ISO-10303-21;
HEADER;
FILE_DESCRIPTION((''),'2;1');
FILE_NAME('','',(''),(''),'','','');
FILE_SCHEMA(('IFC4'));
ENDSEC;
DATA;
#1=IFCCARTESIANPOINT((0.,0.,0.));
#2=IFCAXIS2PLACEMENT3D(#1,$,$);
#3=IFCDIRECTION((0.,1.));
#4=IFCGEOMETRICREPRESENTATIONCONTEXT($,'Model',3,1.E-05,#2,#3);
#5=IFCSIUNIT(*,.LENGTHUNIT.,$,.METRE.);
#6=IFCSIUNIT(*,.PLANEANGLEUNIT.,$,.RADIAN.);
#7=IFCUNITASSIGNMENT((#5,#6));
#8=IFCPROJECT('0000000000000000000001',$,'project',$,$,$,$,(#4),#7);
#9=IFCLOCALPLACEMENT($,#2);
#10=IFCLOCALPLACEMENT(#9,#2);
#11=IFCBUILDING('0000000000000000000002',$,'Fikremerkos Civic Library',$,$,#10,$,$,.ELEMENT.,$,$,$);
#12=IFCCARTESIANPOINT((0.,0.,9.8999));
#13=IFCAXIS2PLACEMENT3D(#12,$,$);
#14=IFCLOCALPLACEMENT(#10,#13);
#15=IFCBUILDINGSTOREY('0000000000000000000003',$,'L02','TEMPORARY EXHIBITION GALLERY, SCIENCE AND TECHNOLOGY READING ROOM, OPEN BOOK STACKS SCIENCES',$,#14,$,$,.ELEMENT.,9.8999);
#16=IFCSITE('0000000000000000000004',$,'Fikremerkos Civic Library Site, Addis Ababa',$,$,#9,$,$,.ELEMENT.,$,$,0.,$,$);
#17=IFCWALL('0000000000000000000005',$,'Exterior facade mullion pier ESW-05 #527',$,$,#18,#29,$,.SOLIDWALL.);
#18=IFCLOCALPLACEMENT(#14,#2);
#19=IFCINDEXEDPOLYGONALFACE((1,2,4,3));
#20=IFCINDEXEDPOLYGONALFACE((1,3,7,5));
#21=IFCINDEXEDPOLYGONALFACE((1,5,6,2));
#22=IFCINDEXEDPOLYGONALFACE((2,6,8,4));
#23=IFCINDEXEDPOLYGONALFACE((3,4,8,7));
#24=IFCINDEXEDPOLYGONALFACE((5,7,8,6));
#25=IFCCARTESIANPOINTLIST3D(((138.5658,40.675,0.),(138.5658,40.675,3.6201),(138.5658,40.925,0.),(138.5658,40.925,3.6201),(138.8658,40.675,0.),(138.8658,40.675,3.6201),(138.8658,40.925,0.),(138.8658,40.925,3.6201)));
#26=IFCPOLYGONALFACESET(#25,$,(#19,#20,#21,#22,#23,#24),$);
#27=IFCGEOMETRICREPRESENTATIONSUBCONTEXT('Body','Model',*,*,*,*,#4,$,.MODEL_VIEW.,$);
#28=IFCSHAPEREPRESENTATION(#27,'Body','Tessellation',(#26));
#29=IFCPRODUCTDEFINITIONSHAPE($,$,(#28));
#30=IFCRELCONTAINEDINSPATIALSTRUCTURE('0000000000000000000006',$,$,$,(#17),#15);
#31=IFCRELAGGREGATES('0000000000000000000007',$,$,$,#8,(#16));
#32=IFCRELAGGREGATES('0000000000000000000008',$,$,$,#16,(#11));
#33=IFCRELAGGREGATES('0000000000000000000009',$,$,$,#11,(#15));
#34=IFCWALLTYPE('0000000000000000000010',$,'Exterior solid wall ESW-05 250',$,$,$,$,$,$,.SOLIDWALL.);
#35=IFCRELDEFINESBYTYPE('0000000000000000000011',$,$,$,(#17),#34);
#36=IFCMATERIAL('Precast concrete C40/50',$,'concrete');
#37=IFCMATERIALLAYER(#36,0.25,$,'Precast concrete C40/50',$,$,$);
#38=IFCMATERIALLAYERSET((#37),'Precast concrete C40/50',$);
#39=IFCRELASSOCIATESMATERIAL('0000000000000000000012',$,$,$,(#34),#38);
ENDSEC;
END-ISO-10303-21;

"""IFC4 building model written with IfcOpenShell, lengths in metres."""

from ifc_helpers import new_model, si_unit, direction, frame, frame_2d, origin, place, context, subcontext, project, spatial, rectangle, extrude, material, layer, layer_set, type_object, element, save


model = new_model("IFC4")

# Units and contexts
model_context = context("Model", 3, precision=1e-05, world=origin(), true_north=direction((0.0, 1.0)))
body_context = subcontext(model_context, "Body", "Model", "MODEL_VIEW")
ifc_project = project(units=[si_unit("LENGTHUNIT", "METRE"), si_unit("PLANEANGLEUNIT", "RADIAN")], contexts=[model_context])

# Site, building, storey
site_placement = place(None, origin())
site = spatial("IfcSite", under=ifc_project, at=site_placement, Name="Fikremerkos Civic Library Site, Addis Ababa", CompositionType="ELEMENT", RefElevation=0.0)
building_placement = place(site_placement, origin())
building = spatial("IfcBuilding", under=site, at=building_placement, Name="Fikremerkos Civic Library", CompositionType="ELEMENT")
storey_placement = place(building_placement, frame((0.0, 0.0, 9.8999)))
storey = spatial("IfcBuildingStorey", under=building, at=storey_placement, Name="L02", Description="TEMPORARY EXHIBITION GALLERY, SCIENCE AND TECHNOLOGY READING ROOM, OPEN BOOK STACKS SCIENCES", CompositionType="ELEMENT", Elevation=9.8999)

# Wall
ifc_material_1 = material(Name="Precast concrete C40/50", Category="concrete")
ifc_layer_1 = layer(ifc_material_1, 0.25, Name="Precast concrete C40/50")
ifc_layer_set_1 = layer_set([ifc_layer_1], Name="Precast concrete C40/50")
wall_type = type_object("IfcWallType", Name="Exterior solid wall ESW-05 250", PredefinedType="SOLIDWALL", material=ifc_layer_set_1)
wall_placement = place(storey_placement, frame((138.5659, 40.8, 0.0), z_axis=(0.0, 0.0, 1.0), x_axis=(1.0, 0.0, 0.0)))
element("IfcWall", 1, at=wall_placement, inside=storey, type_object=wall_type, Name="Exterior facade mullion pier ESW-05 #527", PredefinedType="SOLIDWALL", context=body_context, shape_type="SweptSolid", body=[
    extrude(rectangle(XDim=0.3, YDim=0.25, at=frame_2d((0.1499, 0.0))), origin(), (0.0, 0.0, 1.0), 3.6201),
])

save(model, "model.ifc")
